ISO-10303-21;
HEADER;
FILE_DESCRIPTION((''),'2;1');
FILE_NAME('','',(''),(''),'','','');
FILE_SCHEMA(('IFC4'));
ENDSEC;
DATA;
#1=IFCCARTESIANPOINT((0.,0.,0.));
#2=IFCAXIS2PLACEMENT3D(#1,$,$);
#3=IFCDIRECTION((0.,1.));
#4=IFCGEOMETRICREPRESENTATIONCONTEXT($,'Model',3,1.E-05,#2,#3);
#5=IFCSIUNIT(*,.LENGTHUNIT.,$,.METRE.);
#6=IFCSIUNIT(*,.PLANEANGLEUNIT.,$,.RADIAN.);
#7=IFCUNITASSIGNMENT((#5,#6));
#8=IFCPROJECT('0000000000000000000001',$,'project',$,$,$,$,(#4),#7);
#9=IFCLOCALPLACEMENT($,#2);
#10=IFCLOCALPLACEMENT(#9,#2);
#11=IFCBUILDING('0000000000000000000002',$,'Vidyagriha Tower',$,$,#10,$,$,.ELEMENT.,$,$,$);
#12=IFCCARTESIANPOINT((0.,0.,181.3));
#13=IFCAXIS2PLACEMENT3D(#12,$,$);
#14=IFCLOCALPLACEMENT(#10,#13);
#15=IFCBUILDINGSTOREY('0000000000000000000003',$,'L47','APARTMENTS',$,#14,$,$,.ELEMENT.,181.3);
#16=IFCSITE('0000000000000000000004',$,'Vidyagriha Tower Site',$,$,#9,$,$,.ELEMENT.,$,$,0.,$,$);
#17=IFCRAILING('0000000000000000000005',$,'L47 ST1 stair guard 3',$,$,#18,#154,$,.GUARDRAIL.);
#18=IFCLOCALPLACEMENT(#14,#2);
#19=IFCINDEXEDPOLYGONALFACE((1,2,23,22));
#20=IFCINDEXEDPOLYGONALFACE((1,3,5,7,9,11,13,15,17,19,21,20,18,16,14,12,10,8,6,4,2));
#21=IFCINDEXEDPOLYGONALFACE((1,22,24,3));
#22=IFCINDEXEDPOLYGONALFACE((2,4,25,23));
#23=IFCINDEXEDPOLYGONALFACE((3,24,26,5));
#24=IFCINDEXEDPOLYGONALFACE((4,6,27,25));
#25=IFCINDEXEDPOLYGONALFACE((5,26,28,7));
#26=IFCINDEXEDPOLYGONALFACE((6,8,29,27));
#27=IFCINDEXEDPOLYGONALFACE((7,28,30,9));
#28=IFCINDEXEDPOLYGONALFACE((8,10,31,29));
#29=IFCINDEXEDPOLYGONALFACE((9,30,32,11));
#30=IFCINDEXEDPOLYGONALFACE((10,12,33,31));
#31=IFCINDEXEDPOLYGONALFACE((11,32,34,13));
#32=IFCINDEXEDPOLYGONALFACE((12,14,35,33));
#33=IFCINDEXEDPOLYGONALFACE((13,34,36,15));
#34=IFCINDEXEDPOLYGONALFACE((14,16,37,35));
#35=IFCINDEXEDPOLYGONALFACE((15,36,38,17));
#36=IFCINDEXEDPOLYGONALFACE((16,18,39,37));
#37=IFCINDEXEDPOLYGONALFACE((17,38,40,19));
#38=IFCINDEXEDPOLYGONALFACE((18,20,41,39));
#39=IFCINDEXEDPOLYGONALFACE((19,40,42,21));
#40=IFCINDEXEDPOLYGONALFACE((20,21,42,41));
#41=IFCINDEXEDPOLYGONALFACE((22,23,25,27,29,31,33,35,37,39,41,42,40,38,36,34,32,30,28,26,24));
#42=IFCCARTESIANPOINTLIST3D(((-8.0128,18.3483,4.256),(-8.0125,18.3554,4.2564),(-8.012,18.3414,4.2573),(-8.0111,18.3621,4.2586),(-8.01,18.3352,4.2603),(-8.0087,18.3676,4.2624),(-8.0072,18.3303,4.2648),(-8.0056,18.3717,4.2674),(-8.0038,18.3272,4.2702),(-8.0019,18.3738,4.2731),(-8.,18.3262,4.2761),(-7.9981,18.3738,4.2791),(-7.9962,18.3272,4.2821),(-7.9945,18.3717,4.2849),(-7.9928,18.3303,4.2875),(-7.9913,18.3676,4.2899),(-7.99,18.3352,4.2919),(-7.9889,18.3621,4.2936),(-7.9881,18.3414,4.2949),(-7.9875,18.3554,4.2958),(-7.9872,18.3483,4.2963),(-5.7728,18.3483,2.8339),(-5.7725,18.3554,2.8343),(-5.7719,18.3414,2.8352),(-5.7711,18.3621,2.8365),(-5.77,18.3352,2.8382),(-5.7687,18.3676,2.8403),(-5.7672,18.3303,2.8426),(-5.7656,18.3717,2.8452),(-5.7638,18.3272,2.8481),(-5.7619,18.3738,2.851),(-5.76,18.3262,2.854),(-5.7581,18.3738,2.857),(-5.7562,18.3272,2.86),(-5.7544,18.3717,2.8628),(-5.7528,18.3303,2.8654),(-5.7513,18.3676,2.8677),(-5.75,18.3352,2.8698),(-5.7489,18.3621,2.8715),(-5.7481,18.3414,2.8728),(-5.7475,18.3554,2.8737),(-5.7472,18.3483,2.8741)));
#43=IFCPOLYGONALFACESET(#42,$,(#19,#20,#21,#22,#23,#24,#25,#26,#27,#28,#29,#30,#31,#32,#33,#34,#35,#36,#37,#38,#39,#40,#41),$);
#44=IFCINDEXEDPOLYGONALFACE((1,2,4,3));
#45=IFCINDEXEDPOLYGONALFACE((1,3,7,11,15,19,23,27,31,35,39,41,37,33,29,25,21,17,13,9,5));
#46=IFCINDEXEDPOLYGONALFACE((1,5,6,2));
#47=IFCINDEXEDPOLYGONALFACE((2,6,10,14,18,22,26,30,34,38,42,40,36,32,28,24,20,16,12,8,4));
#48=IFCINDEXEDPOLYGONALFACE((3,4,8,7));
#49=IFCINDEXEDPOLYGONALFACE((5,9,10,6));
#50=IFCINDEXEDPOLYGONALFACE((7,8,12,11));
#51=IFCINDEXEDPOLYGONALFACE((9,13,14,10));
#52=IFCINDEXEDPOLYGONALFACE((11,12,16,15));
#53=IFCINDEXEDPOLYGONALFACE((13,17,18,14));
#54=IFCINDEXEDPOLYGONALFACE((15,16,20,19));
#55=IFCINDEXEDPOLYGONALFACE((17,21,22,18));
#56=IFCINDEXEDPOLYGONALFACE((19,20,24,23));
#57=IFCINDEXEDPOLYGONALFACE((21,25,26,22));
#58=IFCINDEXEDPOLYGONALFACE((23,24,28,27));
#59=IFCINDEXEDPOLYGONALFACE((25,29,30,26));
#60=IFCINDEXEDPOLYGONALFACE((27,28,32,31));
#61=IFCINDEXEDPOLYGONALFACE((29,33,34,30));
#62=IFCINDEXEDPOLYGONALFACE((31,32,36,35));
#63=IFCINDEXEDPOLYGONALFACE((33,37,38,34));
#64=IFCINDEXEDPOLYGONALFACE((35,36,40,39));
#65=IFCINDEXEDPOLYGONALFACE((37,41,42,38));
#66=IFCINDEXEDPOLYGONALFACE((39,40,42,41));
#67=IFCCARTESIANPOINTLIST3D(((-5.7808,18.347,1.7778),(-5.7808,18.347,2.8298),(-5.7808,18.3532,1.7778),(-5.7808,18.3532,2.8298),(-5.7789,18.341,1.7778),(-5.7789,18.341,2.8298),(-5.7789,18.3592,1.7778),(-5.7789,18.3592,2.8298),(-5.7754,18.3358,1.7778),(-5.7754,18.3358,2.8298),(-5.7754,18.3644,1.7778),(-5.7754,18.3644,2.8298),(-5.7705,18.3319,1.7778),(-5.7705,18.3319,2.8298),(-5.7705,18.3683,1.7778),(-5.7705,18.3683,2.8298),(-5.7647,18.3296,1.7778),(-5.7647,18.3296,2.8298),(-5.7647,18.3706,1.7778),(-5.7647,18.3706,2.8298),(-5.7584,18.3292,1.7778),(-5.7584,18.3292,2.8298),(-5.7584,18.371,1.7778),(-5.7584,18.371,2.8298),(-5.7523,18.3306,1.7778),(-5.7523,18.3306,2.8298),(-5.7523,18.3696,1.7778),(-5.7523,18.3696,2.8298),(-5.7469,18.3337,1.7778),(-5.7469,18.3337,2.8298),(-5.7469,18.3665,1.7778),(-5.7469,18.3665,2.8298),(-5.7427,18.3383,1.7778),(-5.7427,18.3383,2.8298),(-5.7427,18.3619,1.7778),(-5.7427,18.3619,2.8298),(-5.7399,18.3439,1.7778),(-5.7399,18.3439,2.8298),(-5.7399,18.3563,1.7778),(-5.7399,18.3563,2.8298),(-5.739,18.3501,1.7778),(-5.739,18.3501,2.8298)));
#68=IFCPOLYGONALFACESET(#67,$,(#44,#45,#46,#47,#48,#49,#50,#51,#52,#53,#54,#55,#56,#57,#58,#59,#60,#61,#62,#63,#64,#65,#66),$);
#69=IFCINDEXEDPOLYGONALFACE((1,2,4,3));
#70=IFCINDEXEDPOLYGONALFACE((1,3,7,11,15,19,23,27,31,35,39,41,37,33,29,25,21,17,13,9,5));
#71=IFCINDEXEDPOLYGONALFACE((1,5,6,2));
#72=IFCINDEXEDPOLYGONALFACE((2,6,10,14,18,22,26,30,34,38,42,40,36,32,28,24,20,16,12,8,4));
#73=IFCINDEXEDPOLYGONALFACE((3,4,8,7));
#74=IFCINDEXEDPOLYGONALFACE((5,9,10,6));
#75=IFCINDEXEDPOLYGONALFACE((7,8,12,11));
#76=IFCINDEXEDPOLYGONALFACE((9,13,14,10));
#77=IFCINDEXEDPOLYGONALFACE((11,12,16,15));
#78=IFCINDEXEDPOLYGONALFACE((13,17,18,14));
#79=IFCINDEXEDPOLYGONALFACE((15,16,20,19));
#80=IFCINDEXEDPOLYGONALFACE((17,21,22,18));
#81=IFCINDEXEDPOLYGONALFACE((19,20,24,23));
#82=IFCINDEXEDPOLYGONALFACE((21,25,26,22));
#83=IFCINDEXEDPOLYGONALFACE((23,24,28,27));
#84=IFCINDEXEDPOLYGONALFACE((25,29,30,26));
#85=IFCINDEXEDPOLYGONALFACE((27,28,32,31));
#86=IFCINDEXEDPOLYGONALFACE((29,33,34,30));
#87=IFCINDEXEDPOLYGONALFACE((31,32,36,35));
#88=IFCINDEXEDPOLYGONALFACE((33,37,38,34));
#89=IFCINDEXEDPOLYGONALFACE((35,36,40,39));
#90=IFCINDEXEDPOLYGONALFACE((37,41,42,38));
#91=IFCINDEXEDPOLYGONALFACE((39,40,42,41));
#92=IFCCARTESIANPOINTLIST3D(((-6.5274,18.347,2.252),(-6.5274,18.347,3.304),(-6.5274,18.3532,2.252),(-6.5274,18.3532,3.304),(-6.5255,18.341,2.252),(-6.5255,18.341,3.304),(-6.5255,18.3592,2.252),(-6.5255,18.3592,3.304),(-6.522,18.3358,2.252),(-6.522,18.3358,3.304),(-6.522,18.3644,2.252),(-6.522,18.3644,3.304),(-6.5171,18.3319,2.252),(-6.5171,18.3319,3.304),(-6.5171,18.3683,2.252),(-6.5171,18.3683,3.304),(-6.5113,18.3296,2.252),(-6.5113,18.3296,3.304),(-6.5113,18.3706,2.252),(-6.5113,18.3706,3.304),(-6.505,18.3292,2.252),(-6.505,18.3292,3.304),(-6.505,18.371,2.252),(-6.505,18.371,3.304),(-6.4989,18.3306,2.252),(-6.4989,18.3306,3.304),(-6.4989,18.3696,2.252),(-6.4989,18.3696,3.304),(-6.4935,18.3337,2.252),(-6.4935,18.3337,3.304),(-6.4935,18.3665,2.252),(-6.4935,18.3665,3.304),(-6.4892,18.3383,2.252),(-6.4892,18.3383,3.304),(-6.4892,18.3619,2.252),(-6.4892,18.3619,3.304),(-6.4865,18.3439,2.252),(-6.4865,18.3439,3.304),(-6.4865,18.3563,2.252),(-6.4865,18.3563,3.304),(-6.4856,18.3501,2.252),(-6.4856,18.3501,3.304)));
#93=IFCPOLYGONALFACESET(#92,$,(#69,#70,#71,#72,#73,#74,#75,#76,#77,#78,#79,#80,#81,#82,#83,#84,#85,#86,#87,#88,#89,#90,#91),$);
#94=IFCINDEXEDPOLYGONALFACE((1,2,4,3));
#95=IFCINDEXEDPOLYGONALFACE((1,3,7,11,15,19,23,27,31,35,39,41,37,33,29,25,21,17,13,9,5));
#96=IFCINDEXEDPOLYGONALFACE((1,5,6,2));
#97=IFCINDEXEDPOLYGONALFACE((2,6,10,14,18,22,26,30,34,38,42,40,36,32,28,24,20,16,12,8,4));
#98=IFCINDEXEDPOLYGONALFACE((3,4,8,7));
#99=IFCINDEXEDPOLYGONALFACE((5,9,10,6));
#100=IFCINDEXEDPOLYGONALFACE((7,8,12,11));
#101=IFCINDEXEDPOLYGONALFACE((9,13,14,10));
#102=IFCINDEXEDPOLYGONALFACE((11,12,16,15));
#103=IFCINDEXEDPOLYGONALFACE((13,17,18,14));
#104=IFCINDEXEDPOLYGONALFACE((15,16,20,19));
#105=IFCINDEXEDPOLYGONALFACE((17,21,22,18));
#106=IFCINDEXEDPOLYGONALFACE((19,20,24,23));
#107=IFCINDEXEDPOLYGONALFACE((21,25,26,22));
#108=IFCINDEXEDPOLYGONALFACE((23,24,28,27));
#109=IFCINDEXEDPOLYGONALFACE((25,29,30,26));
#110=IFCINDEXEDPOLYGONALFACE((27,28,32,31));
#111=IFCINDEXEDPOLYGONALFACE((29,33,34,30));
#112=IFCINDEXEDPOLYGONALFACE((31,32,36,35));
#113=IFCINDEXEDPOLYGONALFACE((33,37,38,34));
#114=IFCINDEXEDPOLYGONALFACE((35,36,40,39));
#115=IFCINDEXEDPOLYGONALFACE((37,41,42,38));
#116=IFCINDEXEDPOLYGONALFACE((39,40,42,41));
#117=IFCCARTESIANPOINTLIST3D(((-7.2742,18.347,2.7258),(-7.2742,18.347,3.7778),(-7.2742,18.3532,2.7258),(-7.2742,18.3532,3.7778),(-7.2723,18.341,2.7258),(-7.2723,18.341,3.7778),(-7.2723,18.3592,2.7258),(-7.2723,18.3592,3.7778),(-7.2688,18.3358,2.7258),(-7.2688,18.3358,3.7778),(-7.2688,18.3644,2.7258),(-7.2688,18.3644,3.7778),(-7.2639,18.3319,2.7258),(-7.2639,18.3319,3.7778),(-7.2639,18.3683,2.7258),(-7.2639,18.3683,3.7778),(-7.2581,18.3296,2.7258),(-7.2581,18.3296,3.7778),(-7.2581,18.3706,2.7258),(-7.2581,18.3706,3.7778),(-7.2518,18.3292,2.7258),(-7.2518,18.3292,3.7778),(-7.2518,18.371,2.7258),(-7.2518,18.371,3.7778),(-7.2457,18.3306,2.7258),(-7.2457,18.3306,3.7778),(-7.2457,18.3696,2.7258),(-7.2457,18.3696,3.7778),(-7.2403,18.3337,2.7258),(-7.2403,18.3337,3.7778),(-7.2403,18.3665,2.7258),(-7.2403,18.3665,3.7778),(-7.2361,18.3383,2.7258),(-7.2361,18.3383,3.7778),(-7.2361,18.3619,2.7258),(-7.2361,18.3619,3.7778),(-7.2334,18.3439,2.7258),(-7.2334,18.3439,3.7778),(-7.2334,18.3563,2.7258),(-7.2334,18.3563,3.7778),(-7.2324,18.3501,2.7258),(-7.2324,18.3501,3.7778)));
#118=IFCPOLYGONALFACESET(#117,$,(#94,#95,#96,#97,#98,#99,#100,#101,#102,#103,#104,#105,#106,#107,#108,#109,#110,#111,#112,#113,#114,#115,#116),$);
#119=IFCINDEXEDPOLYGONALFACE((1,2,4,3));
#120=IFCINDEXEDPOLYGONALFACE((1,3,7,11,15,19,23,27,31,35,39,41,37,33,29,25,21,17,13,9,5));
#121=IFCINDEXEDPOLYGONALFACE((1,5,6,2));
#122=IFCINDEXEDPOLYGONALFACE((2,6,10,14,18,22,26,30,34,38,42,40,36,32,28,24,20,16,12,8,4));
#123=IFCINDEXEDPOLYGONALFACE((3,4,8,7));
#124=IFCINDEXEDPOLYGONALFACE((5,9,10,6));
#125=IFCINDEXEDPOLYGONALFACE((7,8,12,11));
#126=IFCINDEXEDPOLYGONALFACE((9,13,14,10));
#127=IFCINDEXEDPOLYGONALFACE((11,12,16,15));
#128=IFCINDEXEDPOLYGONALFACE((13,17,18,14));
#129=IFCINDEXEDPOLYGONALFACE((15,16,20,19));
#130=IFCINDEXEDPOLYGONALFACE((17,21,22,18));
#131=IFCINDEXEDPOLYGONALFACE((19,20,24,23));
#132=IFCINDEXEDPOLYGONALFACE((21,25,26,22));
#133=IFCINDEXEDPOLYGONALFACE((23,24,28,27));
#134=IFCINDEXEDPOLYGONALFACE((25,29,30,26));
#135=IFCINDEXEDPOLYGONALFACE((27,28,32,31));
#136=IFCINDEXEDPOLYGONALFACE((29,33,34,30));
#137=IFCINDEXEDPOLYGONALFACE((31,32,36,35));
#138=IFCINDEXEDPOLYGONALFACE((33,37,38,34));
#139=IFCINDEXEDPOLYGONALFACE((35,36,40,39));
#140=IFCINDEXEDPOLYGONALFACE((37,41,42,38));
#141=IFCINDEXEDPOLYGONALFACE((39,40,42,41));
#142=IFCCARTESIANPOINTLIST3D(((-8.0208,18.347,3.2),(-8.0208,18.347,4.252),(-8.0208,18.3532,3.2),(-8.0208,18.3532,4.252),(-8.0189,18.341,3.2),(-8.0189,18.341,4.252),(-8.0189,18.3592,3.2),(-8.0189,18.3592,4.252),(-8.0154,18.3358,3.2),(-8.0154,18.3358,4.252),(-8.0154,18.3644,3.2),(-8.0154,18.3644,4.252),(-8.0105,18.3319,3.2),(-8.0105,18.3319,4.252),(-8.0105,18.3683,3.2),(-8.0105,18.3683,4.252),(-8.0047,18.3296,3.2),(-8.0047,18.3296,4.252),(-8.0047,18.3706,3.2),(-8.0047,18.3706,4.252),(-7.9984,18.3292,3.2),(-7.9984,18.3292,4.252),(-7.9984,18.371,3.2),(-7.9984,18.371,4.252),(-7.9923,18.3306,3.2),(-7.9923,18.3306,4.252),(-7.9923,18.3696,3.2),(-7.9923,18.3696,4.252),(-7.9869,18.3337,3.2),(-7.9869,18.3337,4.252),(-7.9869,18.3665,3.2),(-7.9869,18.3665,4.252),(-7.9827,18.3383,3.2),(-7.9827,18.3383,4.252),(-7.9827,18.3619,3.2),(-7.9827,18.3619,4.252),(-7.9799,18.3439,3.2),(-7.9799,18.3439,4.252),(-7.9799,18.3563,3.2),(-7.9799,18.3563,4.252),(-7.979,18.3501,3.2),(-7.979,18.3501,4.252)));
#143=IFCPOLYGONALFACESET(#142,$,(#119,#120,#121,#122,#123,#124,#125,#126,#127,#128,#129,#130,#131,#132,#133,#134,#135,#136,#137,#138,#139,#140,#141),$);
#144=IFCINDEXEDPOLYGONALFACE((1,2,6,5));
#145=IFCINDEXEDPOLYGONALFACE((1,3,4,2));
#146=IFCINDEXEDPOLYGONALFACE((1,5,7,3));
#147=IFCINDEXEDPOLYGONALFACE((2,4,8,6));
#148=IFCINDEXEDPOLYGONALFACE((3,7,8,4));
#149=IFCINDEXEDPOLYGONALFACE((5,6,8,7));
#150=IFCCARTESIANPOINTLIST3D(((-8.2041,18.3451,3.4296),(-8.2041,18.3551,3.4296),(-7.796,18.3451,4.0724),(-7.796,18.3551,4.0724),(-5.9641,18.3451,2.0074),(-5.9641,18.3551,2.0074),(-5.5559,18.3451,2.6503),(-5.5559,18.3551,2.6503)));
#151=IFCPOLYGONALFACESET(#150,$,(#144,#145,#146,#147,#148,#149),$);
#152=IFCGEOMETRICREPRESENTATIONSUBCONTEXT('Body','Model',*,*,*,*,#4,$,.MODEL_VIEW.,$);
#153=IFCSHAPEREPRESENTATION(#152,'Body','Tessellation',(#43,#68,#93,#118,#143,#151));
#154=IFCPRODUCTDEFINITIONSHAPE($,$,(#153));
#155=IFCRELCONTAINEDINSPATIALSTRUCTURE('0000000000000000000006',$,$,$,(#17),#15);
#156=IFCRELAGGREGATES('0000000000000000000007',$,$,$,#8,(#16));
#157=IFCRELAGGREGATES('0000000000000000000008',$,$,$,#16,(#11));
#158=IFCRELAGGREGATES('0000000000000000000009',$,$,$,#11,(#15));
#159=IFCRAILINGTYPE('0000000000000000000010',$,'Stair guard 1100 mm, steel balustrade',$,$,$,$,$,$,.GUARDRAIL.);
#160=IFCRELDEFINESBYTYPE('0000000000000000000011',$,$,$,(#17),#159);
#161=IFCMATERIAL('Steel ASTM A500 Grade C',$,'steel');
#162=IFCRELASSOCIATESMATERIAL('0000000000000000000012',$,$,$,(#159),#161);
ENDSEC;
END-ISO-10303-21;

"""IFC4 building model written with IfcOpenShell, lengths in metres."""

from ifc_helpers import new_model, si_unit, direction, frame, origin, origin_2d, place, context, subcontext, project, spatial, rectangle, circle, extrude, material, type_object, element, save


model = new_model("IFC4")

# Units and contexts
model_context = context("Model", 3, precision=1e-05, world=origin(), true_north=direction((0.0, 1.0)))
body_context = subcontext(model_context, "Body", "Model", "MODEL_VIEW")
ifc_project = project(units=[si_unit("LENGTHUNIT", "METRE"), si_unit("PLANEANGLEUNIT", "RADIAN")], contexts=[model_context])

# Site, building, storey
site_placement = place(None, origin())
site = spatial("IfcSite", under=ifc_project, at=site_placement, Name="Vidyagriha Tower Site", CompositionType="ELEMENT", RefElevation=0.0)
building_placement = place(site_placement, origin())
building = spatial("IfcBuilding", under=site, at=building_placement, Name="Vidyagriha Tower", CompositionType="ELEMENT")
storey_placement = place(building_placement, frame((0.0, 0.0, 181.3)))
storey = spatial("IfcBuildingStorey", under=building, at=storey_placement, Name="L47", Description="APARTMENTS", CompositionType="ELEMENT", Elevation=181.3)

# Railing
ifc_material_1 = material(Name="Steel ASTM A500 Grade C", Category="steel")
railing_type_1 = type_object("IfcRailingType", Name="Stair guard 1100 mm, steel balustrade", PredefinedType="GUARDRAIL", material=ifc_material_1)
railing_1_placement = place(storey_placement, frame((-5.76, 18.3501, 1.7778)))
element("IfcRailing", 1, at=railing_1_placement, inside=storey, type_object=railing_type_1, Name="L47 ST1 stair guard 3", PredefinedType="GUARDRAIL", context=body_context, shape_type="SweptSolid", body=[
    extrude(circle(Radius=0.0239, at=origin_2d()), frame((0.0, 0.0, 1.0762), z_axis=(-0.844229, 0.0, 0.535982), x_axis=(0.0, -1.0, 0.0)), (0.0, 0.0, 1.0), 2.6533),
    extrude(circle(Radius=0.021, at=origin_2d()), origin(), (0.0, 0.0, 1.0), 1.052),
    extrude(circle(Radius=0.021, at=origin_2d()), frame((-0.7466, 0.0, 0.4741)), (0.0, 0.0, 1.0), 1.052),
    extrude(circle(Radius=0.021, at=origin_2d()), frame((-1.4934, 0.0, 0.948)), (0.0, 0.0, 1.0), 1.052),
    extrude(circle(Radius=0.021, at=origin_2d()), frame((-2.24, 0.0, 1.4221)), (0.0, 0.0, 1.0), 1.052),
    extrude(rectangle(XDim=0.01, YDim=0.7615, at=origin_2d()), frame((0.0, 0.0, 0.551), z_axis=(-0.844229, 0.0, 0.535982), x_axis=(0.0, -1.0, 0.0)), (0.0, 0.0, 1.0), 2.6533),
])

save(model, "model.ifc")
